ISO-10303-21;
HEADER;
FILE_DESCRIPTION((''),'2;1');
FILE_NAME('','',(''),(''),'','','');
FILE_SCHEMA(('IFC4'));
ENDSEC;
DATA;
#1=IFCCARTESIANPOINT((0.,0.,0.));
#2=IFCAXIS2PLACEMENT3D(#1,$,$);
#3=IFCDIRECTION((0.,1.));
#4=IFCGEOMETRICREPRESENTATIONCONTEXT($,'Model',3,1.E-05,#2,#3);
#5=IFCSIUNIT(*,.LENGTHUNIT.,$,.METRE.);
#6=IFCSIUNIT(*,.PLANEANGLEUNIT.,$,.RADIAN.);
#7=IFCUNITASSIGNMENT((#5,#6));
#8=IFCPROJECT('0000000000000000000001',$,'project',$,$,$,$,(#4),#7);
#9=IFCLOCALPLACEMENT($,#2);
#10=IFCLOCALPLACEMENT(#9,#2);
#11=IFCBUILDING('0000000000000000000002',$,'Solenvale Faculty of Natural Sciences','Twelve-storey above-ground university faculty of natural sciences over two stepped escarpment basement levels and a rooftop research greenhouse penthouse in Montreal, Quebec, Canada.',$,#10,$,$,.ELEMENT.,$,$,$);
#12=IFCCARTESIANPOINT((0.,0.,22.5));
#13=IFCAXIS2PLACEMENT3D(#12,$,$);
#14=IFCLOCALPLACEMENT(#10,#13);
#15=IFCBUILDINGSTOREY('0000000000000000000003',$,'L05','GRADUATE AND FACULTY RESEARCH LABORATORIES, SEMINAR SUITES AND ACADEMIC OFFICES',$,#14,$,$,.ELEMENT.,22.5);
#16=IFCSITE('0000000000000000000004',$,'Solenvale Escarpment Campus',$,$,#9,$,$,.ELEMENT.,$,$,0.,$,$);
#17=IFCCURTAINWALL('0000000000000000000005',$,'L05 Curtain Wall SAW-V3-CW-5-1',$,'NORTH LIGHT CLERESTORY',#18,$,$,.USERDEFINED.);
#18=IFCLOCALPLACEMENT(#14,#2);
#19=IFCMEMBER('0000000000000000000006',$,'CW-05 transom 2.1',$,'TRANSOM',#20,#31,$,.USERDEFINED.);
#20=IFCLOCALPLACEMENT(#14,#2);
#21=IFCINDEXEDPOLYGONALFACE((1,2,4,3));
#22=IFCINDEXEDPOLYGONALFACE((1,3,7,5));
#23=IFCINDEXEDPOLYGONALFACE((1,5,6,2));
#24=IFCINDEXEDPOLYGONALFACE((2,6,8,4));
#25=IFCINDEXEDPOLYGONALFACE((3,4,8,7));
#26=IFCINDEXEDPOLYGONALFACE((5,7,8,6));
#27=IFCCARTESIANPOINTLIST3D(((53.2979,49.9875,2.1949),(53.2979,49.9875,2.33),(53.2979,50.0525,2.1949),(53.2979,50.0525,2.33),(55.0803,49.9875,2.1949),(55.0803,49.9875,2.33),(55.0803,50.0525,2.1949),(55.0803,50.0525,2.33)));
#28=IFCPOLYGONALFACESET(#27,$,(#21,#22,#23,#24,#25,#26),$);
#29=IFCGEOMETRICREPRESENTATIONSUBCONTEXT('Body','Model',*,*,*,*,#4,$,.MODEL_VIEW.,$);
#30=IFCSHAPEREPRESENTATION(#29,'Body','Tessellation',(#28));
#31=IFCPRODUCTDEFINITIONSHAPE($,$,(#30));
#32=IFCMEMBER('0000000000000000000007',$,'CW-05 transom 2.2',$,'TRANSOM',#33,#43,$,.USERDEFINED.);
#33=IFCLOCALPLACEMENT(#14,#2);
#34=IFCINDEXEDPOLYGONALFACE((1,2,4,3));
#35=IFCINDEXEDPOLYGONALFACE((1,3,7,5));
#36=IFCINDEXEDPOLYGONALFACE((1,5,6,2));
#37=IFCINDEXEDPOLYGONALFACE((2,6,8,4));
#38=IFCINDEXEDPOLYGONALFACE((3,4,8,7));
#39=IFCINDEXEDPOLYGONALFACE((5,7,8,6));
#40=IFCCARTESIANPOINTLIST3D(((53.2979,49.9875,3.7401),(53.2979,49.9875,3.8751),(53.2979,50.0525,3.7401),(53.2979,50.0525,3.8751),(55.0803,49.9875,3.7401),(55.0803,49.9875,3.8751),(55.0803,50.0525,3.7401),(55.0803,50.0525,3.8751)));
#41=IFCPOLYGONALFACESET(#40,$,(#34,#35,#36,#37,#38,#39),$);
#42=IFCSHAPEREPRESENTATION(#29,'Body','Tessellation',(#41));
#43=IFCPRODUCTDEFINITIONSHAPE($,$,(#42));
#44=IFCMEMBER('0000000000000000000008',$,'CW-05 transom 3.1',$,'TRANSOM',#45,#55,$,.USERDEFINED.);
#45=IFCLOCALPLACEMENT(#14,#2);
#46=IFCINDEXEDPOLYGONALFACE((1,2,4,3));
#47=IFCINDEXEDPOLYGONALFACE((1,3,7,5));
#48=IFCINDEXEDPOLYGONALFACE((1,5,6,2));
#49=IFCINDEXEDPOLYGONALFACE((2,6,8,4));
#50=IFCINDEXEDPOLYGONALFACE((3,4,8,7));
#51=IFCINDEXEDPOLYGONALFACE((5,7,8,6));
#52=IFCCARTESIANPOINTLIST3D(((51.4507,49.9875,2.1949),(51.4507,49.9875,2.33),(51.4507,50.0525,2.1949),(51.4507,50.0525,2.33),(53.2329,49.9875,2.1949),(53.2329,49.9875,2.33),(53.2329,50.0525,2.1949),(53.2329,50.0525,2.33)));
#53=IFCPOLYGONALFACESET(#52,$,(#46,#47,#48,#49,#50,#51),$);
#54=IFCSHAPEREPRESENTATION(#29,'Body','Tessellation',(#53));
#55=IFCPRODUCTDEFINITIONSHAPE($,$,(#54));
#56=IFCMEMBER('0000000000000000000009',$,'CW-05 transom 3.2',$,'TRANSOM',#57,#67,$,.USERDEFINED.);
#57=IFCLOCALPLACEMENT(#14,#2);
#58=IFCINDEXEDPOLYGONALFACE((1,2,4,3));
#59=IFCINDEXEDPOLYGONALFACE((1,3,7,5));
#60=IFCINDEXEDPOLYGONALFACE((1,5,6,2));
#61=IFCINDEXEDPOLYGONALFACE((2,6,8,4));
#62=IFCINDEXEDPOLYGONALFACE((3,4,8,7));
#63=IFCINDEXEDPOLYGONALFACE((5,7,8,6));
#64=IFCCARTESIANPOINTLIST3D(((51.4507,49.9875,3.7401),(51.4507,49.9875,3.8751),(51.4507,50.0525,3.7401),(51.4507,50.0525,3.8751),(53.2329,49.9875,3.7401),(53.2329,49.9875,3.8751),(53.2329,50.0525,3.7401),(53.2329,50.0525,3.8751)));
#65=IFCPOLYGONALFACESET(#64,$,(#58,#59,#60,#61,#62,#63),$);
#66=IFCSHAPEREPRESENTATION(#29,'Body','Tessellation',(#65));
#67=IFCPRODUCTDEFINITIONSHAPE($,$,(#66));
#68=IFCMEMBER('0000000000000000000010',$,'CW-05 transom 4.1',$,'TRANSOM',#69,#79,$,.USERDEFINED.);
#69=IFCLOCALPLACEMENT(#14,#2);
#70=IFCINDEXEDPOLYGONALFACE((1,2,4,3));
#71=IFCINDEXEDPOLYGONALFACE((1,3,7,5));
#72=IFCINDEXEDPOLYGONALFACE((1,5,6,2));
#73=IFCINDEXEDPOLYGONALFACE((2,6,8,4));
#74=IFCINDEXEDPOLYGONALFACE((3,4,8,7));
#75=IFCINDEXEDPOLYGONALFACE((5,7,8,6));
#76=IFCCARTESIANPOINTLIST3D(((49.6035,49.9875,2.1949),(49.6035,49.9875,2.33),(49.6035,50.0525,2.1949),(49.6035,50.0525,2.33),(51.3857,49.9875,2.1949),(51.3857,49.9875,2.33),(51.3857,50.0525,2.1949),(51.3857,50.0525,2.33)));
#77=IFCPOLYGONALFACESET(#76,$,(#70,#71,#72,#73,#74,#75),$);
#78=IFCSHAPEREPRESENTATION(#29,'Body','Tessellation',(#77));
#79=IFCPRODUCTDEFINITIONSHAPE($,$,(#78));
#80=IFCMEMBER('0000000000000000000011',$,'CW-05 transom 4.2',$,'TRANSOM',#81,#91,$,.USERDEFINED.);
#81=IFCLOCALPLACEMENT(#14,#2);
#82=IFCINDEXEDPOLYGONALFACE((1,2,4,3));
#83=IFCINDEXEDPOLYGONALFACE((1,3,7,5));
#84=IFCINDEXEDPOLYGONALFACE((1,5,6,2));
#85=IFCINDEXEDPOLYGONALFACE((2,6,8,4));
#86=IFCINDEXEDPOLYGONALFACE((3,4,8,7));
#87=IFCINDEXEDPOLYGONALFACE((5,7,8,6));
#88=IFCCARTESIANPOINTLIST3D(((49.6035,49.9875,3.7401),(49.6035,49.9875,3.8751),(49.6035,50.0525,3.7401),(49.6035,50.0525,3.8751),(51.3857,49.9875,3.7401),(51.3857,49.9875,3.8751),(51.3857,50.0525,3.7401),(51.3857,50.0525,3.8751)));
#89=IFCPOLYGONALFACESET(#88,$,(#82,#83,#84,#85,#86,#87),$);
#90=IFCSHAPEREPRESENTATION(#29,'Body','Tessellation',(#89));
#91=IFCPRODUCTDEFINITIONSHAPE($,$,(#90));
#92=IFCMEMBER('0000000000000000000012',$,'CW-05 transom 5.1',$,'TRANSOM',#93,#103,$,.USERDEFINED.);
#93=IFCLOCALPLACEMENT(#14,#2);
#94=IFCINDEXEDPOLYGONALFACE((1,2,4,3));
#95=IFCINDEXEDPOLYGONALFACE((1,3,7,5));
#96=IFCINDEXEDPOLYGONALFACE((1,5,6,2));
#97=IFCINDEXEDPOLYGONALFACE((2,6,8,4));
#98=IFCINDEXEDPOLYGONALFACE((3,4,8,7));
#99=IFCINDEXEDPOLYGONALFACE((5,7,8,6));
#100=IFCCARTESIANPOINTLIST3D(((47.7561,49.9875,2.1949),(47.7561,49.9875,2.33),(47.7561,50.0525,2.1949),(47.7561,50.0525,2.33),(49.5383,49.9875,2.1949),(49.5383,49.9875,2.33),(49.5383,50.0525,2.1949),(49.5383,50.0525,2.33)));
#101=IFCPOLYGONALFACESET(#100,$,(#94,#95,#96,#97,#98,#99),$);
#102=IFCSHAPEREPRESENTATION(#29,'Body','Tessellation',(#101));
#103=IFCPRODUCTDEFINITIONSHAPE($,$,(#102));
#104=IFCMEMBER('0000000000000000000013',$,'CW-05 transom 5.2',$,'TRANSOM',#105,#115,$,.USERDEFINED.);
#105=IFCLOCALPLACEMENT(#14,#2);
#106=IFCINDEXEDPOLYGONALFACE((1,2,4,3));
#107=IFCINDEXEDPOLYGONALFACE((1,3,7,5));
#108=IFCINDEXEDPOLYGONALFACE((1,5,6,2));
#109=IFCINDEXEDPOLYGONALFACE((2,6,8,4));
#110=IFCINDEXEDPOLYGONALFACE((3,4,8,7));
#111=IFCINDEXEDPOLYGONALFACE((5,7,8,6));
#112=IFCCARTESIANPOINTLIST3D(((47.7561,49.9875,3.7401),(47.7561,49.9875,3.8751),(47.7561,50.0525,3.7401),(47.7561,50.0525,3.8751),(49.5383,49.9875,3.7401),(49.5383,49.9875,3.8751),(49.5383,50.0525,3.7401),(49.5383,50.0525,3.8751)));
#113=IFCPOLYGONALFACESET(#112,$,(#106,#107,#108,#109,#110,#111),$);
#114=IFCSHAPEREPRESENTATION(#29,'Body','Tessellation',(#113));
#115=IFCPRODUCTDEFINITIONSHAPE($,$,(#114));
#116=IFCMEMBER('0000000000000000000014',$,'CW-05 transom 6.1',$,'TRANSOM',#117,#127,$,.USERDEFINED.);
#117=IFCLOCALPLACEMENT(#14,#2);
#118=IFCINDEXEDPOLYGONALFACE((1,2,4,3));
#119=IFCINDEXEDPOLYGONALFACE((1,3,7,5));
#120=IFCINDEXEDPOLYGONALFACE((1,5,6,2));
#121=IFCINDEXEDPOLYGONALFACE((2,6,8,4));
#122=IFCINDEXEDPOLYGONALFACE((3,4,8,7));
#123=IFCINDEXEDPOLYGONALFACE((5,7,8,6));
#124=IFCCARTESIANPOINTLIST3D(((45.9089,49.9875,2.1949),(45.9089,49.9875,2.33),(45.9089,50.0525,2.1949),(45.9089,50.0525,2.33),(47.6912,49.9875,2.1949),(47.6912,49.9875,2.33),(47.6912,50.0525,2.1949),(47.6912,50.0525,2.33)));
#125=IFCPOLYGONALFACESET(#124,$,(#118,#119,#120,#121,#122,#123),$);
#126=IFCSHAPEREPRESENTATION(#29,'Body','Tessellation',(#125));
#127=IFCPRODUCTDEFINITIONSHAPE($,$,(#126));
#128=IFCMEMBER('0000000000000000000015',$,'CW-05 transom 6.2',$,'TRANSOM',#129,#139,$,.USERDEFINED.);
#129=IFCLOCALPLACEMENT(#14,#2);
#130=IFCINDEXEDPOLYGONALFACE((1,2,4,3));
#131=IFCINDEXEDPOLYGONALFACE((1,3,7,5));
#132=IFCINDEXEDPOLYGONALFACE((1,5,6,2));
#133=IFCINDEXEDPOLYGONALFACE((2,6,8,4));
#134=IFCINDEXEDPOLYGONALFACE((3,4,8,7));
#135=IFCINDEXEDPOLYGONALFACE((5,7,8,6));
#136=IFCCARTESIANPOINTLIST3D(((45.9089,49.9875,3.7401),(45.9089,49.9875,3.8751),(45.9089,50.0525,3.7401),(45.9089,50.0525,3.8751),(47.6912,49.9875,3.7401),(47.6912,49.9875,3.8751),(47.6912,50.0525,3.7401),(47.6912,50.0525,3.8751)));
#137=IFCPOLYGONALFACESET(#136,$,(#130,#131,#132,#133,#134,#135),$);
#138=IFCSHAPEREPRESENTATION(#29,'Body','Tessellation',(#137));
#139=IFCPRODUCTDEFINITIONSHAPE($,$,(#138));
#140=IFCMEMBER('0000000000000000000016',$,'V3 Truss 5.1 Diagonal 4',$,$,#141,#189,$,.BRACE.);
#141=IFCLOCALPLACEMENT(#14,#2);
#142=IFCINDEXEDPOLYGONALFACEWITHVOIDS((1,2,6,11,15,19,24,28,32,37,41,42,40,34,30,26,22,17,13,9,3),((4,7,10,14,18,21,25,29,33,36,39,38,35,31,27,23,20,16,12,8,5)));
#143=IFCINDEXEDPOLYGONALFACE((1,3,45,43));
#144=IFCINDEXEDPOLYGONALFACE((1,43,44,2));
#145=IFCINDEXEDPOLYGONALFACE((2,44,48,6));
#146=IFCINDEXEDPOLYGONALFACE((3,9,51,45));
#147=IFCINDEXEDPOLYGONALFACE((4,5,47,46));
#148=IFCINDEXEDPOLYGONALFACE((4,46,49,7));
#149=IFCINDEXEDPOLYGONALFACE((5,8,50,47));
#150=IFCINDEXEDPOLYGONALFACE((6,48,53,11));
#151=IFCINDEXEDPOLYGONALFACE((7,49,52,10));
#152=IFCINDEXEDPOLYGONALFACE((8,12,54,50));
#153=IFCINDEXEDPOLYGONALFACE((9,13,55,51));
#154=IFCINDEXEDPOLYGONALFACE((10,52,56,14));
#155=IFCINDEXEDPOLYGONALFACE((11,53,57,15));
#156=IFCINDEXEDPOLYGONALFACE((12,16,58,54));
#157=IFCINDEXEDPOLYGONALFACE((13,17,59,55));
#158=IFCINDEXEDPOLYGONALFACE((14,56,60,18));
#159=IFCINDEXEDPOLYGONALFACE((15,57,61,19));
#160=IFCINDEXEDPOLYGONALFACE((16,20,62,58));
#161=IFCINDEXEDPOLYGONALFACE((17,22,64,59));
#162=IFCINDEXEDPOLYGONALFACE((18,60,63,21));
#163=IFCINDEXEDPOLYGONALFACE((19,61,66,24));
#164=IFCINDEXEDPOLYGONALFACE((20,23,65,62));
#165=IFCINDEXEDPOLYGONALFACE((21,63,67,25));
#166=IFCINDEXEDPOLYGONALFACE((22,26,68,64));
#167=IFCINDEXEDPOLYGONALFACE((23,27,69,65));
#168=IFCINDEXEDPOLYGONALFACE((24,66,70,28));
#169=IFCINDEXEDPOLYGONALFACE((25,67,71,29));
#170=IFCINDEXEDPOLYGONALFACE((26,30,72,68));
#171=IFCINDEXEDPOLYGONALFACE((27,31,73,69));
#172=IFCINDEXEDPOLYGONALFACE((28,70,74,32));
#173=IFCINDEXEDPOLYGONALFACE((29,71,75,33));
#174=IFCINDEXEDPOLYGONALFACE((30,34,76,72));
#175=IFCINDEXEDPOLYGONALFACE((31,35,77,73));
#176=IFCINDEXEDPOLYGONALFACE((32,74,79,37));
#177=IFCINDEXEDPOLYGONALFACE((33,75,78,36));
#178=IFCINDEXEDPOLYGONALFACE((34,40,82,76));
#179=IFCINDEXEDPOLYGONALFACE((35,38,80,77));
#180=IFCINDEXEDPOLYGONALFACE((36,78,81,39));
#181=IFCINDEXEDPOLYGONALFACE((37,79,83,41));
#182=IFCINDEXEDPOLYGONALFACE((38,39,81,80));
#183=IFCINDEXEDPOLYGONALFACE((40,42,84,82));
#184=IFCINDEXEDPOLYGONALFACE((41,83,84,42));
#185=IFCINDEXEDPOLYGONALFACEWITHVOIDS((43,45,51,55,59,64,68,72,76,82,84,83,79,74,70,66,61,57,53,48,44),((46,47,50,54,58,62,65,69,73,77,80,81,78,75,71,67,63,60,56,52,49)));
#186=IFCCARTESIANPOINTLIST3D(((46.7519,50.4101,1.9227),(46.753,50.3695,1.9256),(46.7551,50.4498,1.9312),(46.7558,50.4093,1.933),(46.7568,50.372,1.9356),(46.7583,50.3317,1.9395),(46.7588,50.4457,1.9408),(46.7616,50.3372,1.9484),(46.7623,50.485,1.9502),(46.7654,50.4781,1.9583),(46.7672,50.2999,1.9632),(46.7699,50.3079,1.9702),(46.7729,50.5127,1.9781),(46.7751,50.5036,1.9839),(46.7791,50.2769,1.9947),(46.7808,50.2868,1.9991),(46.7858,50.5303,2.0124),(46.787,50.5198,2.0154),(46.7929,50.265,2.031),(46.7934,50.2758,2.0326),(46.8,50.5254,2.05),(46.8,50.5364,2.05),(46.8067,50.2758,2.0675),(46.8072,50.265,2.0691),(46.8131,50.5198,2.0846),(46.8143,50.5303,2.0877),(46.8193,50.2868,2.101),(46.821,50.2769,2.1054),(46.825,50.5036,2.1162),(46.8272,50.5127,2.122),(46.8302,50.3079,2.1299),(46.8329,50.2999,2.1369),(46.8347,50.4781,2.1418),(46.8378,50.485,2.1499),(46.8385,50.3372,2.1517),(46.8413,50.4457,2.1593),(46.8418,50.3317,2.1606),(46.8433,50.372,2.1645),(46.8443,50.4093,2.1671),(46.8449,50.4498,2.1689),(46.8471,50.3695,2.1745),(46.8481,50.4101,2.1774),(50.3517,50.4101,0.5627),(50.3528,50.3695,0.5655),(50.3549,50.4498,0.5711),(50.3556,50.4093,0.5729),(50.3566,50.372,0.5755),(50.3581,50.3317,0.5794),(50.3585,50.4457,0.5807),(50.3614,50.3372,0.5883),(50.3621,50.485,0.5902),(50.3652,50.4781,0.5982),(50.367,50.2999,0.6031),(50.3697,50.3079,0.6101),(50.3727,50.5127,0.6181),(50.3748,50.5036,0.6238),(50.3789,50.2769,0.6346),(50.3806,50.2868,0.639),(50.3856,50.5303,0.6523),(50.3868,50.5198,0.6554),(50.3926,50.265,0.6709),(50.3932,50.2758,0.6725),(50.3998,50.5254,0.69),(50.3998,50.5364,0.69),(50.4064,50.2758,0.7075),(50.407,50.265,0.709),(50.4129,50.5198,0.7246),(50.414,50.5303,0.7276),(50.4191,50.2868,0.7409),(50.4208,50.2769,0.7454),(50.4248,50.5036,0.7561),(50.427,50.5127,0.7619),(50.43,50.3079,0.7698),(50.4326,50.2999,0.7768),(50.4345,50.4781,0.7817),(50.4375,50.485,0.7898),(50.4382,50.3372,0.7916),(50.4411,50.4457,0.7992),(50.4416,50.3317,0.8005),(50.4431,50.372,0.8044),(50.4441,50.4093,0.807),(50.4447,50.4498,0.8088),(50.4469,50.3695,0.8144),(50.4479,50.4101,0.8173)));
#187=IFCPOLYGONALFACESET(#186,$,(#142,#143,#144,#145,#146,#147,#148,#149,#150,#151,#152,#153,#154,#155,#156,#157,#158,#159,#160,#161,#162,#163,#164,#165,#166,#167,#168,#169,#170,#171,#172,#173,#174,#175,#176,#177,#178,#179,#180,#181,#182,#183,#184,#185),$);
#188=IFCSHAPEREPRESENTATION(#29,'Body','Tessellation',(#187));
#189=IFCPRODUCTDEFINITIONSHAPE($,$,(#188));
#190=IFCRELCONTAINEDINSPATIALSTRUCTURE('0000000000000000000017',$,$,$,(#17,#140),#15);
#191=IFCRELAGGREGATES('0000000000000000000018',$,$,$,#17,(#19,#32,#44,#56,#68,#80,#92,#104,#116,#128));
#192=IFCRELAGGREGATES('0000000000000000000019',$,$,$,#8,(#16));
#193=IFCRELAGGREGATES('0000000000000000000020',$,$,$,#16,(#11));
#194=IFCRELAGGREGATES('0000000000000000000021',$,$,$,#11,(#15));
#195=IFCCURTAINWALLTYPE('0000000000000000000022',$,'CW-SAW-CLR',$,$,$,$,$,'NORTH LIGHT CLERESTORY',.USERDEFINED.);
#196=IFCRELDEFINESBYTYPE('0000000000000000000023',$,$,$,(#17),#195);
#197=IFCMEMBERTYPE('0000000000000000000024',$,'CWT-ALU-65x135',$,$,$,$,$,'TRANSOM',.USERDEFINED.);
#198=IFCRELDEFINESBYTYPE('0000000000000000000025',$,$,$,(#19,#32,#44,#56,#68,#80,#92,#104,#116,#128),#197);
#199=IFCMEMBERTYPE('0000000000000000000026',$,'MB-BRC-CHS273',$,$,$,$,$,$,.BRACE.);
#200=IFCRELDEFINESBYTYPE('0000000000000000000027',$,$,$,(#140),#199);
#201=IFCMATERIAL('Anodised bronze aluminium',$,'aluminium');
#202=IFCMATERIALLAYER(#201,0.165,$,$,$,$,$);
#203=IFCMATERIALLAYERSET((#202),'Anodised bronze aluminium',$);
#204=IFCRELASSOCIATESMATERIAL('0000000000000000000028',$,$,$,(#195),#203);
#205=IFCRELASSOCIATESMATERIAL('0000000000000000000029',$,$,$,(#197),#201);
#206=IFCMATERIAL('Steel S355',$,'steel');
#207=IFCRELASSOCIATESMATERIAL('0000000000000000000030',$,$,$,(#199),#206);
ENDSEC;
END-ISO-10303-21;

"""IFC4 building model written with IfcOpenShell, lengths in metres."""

from ifc_helpers import new_model, si_unit, direction, frame, origin, origin_2d, place, context, subcontext, project, spatial, rectangle, hollow_circle, extrude, material, layer, layer_set, material_profile, profile_set, type_object, element, aggregate, save


model = new_model("IFC4")

# Units and contexts
model_context = context("Model", 3, precision=1e-05, world=origin(), true_north=direction((0.0, 1.0)))
body_context = subcontext(model_context, "Body", "Model", "MODEL_VIEW")
ifc_project = project(units=[si_unit("LENGTHUNIT", "METRE"), si_unit("PLANEANGLEUNIT", "RADIAN")], contexts=[model_context])

# Site, building, storey
site_placement = place(None, origin())
site = spatial("IfcSite", under=ifc_project, at=site_placement, Name="Solenvale Escarpment Campus", CompositionType="ELEMENT", RefElevation=0.0)
building_placement = place(site_placement, origin())
building = spatial("IfcBuilding", under=site, at=building_placement, Name="Solenvale Faculty of Natural Sciences", Description="Twelve-storey above-ground university faculty of natural sciences over two stepped escarpment basement levels and a rooftop research greenhouse penthouse in Montreal, Quebec, Canada.", CompositionType="ELEMENT")
storey_placement = place(building_placement, frame((0.0, 0.0, 22.5)))
storey = spatial("IfcBuildingStorey", under=building, at=storey_placement, Name="L05", Description="GRADUATE AND FACULTY RESEARCH LABORATORIES, SEMINAR SUITES AND ACADEMIC OFFICES", CompositionType="ELEMENT", Elevation=22.5)

# Shared definitions
ifc_material_1 = material(Name="Steel S355", Category="steel")

# Curtain wall, members
ifc_material_2 = material(Name="Anodised bronze aluminium", Category="aluminium")
ifc_layer_1 = layer(ifc_material_2, 0.165)
ifc_layer_set_1 = layer_set([ifc_layer_1], Name="Anodised bronze aluminium")
curtain_wall_type = type_object("IfcCurtainWallType", Name="CW-SAW-CLR", ElementType="NORTH LIGHT CLERESTORY", PredefinedType="USERDEFINED", material=ifc_layer_set_1)
curtain_wall_placement = place(storey_placement, origin())
curtain_wall = element("IfcCurtainWall", 1, at=curtain_wall_placement, inside=storey, type_object=curtain_wall_type, Name="L05 Curtain Wall SAW-V3-CW-5-1", ObjectType="NORTH LIGHT CLERESTORY", PredefinedType="USERDEFINED")
ifc_material_profile_1 = material_profile(ifc_material_2, rectangle(XDim=0.0649, YDim=0.135, at=origin_2d()), Name="ALU-TRN-65x135")
ifc_profile_set_1 = profile_set([ifc_material_profile_1], Name="Anodised bronze aluminium")
member_type_1 = type_object("IfcMemberType", Name="CWT-ALU-65x135", ElementType="TRANSOM", PredefinedType="USERDEFINED", material=ifc_profile_set_1)
member_1_placement = place(storey_placement, frame((55.0803, 50.02, 2.2625), z_axis=(-1.0, 0.0, 0.0), x_axis=(0.0, -1.0, 0.0)))
member_1 = element("IfcMember", 2, at=member_1_placement, type_object=member_type_1, Name="CW-05 transom 2.1", ObjectType="TRANSOM", PredefinedType="USERDEFINED", context=body_context, shape_type="SweptSolid", body=[
    extrude(rectangle(XDim=0.0649, YDim=0.135, at=origin_2d()), origin(), (0.0, 0.0, 1.0), 1.7825),
])
member_2_placement = place(storey_placement, frame((55.0803, 50.02, 3.8076), z_axis=(-1.0, 0.0, 0.0), x_axis=(0.0, -1.0, 0.0)))
member_2 = element("IfcMember", 3, at=member_2_placement, type_object=member_type_1, Name="CW-05 transom 2.2", ObjectType="TRANSOM", PredefinedType="USERDEFINED", context=body_context, shape_type="SweptSolid", body=[
    extrude(rectangle(XDim=0.0649, YDim=0.135, at=origin_2d()), origin(), (0.0, 0.0, 1.0), 1.7825),
])
member_3_placement = place(storey_placement, frame((53.2329, 50.02, 2.2625), z_axis=(-1.0, 0.0, 0.0), x_axis=(0.0, -1.0, 0.0)))
member_3 = element("IfcMember", 4, at=member_3_placement, type_object=member_type_1, Name="CW-05 transom 3.1", ObjectType="TRANSOM", PredefinedType="USERDEFINED", context=body_context, shape_type="SweptSolid", body=[
    extrude(rectangle(XDim=0.0649, YDim=0.135, at=origin_2d()), origin(), (0.0, 0.0, 1.0), 1.7822),
])
member_4_placement = place(storey_placement, frame((53.2329, 50.02, 3.8076), z_axis=(-1.0, 0.0, 0.0), x_axis=(0.0, -1.0, 0.0)))
member_4 = element("IfcMember", 5, at=member_4_placement, type_object=member_type_1, Name="CW-05 transom 3.2", ObjectType="TRANSOM", PredefinedType="USERDEFINED", context=body_context, shape_type="SweptSolid", body=[
    extrude(rectangle(XDim=0.0649, YDim=0.135, at=origin_2d()), origin(), (0.0, 0.0, 1.0), 1.7822),
])
member_5_placement = place(storey_placement, frame((51.3857, 50.02, 2.2625), z_axis=(-1.0, 0.0, 0.0), x_axis=(0.0, -1.0, 0.0)))
member_5 = element("IfcMember", 6, at=member_5_placement, type_object=member_type_1, Name="CW-05 transom 4.1", ObjectType="TRANSOM", PredefinedType="USERDEFINED", context=body_context, shape_type="SweptSolid", body=[
    extrude(rectangle(XDim=0.0649, YDim=0.135, at=origin_2d()), origin(), (0.0, 0.0, 1.0), 1.7822),
])
member_6_placement = place(storey_placement, frame((51.3857, 50.02, 3.8076), z_axis=(-1.0, 0.0, 0.0), x_axis=(0.0, -1.0, 0.0)))
member_6 = element("IfcMember", 7, at=member_6_placement, type_object=member_type_1, Name="CW-05 transom 4.2", ObjectType="TRANSOM", PredefinedType="USERDEFINED", context=body_context, shape_type="SweptSolid", body=[
    extrude(rectangle(XDim=0.0649, YDim=0.135, at=origin_2d()), origin(), (0.0, 0.0, 1.0), 1.7822),
])
member_7_placement = place(storey_placement, frame((49.5383, 50.02, 2.2625), z_axis=(-1.0, 0.0, 0.0), x_axis=(0.0, -1.0, 0.0)))
member_7 = element("IfcMember", 8, at=member_7_placement, type_object=member_type_1, Name="CW-05 transom 5.1", ObjectType="TRANSOM", PredefinedType="USERDEFINED", context=body_context, shape_type="SweptSolid", body=[
    extrude(rectangle(XDim=0.0649, YDim=0.135, at=origin_2d()), origin(), (0.0, 0.0, 1.0), 1.7822),
])
member_8_placement = place(storey_placement, frame((49.5383, 50.02, 3.8076), z_axis=(-1.0, 0.0, 0.0), x_axis=(0.0, -1.0, 0.0)))
member_8 = element("IfcMember", 9, at=member_8_placement, type_object=member_type_1, Name="CW-05 transom 5.2", ObjectType="TRANSOM", PredefinedType="USERDEFINED", context=body_context, shape_type="SweptSolid", body=[
    extrude(rectangle(XDim=0.0649, YDim=0.135, at=origin_2d()), origin(), (0.0, 0.0, 1.0), 1.7822),
])
member_9_placement = place(storey_placement, frame((47.6912, 50.02, 2.2625), z_axis=(-1.0, 0.0, 0.0), x_axis=(0.0, -1.0, 0.0)))
member_9 = element("IfcMember", 10, at=member_9_placement, type_object=member_type_1, Name="CW-05 transom 6.1", ObjectType="TRANSOM", PredefinedType="USERDEFINED", context=body_context, shape_type="SweptSolid", body=[
    extrude(rectangle(XDim=0.0649, YDim=0.135, at=origin_2d()), origin(), (0.0, 0.0, 1.0), 1.7822),
])
member_10_placement = place(storey_placement, frame((47.6912, 50.02, 3.8076), z_axis=(-1.0, 0.0, 0.0), x_axis=(0.0, -1.0, 0.0)))
member_10 = element("IfcMember", 11, at=member_10_placement, type_object=member_type_1, Name="CW-05 transom 6.2", ObjectType="TRANSOM", PredefinedType="USERDEFINED", context=body_context, shape_type="SweptSolid", body=[
    extrude(rectangle(XDim=0.0649, YDim=0.135, at=origin_2d()), origin(), (0.0, 0.0, 1.0), 1.7822),
])

# Member
ifc_material_profile_2 = material_profile(ifc_material_1, hollow_circle(Radius=0.1365, WallThickness=0.011, at=origin_2d()), Name="HSS273x11")
ifc_profile_set_2 = profile_set([ifc_material_profile_2], Name="Steel S355")
member_type_2 = type_object("IfcMemberType", Name="MB-BRC-CHS273", PredefinedType="BRACE", material=ifc_profile_set_2)
member_11_placement = place(storey_placement, frame((46.8, 50.3999, 2.05), z_axis=(0.935458, 0.0, -0.353438), x_axis=(0.0, 1.0, 0.0)))
element("IfcMember", 12, at=member_11_placement, inside=storey, type_object=member_type_2, Name="V3 Truss 5.1 Diagonal 4", PredefinedType="BRACE", context=body_context, shape_type="SweptSolid", body=[
    extrude(hollow_circle(Radius=0.1365, WallThickness=0.011, at=origin_2d()), origin(), (0.0, 0.0, 1.0), 3.8481),
])

aggregate(curtain_wall, [member_1, member_2, member_3, member_4, member_5, member_6, member_7, member_8, member_9, member_10])

save(model, "model.ifc")
